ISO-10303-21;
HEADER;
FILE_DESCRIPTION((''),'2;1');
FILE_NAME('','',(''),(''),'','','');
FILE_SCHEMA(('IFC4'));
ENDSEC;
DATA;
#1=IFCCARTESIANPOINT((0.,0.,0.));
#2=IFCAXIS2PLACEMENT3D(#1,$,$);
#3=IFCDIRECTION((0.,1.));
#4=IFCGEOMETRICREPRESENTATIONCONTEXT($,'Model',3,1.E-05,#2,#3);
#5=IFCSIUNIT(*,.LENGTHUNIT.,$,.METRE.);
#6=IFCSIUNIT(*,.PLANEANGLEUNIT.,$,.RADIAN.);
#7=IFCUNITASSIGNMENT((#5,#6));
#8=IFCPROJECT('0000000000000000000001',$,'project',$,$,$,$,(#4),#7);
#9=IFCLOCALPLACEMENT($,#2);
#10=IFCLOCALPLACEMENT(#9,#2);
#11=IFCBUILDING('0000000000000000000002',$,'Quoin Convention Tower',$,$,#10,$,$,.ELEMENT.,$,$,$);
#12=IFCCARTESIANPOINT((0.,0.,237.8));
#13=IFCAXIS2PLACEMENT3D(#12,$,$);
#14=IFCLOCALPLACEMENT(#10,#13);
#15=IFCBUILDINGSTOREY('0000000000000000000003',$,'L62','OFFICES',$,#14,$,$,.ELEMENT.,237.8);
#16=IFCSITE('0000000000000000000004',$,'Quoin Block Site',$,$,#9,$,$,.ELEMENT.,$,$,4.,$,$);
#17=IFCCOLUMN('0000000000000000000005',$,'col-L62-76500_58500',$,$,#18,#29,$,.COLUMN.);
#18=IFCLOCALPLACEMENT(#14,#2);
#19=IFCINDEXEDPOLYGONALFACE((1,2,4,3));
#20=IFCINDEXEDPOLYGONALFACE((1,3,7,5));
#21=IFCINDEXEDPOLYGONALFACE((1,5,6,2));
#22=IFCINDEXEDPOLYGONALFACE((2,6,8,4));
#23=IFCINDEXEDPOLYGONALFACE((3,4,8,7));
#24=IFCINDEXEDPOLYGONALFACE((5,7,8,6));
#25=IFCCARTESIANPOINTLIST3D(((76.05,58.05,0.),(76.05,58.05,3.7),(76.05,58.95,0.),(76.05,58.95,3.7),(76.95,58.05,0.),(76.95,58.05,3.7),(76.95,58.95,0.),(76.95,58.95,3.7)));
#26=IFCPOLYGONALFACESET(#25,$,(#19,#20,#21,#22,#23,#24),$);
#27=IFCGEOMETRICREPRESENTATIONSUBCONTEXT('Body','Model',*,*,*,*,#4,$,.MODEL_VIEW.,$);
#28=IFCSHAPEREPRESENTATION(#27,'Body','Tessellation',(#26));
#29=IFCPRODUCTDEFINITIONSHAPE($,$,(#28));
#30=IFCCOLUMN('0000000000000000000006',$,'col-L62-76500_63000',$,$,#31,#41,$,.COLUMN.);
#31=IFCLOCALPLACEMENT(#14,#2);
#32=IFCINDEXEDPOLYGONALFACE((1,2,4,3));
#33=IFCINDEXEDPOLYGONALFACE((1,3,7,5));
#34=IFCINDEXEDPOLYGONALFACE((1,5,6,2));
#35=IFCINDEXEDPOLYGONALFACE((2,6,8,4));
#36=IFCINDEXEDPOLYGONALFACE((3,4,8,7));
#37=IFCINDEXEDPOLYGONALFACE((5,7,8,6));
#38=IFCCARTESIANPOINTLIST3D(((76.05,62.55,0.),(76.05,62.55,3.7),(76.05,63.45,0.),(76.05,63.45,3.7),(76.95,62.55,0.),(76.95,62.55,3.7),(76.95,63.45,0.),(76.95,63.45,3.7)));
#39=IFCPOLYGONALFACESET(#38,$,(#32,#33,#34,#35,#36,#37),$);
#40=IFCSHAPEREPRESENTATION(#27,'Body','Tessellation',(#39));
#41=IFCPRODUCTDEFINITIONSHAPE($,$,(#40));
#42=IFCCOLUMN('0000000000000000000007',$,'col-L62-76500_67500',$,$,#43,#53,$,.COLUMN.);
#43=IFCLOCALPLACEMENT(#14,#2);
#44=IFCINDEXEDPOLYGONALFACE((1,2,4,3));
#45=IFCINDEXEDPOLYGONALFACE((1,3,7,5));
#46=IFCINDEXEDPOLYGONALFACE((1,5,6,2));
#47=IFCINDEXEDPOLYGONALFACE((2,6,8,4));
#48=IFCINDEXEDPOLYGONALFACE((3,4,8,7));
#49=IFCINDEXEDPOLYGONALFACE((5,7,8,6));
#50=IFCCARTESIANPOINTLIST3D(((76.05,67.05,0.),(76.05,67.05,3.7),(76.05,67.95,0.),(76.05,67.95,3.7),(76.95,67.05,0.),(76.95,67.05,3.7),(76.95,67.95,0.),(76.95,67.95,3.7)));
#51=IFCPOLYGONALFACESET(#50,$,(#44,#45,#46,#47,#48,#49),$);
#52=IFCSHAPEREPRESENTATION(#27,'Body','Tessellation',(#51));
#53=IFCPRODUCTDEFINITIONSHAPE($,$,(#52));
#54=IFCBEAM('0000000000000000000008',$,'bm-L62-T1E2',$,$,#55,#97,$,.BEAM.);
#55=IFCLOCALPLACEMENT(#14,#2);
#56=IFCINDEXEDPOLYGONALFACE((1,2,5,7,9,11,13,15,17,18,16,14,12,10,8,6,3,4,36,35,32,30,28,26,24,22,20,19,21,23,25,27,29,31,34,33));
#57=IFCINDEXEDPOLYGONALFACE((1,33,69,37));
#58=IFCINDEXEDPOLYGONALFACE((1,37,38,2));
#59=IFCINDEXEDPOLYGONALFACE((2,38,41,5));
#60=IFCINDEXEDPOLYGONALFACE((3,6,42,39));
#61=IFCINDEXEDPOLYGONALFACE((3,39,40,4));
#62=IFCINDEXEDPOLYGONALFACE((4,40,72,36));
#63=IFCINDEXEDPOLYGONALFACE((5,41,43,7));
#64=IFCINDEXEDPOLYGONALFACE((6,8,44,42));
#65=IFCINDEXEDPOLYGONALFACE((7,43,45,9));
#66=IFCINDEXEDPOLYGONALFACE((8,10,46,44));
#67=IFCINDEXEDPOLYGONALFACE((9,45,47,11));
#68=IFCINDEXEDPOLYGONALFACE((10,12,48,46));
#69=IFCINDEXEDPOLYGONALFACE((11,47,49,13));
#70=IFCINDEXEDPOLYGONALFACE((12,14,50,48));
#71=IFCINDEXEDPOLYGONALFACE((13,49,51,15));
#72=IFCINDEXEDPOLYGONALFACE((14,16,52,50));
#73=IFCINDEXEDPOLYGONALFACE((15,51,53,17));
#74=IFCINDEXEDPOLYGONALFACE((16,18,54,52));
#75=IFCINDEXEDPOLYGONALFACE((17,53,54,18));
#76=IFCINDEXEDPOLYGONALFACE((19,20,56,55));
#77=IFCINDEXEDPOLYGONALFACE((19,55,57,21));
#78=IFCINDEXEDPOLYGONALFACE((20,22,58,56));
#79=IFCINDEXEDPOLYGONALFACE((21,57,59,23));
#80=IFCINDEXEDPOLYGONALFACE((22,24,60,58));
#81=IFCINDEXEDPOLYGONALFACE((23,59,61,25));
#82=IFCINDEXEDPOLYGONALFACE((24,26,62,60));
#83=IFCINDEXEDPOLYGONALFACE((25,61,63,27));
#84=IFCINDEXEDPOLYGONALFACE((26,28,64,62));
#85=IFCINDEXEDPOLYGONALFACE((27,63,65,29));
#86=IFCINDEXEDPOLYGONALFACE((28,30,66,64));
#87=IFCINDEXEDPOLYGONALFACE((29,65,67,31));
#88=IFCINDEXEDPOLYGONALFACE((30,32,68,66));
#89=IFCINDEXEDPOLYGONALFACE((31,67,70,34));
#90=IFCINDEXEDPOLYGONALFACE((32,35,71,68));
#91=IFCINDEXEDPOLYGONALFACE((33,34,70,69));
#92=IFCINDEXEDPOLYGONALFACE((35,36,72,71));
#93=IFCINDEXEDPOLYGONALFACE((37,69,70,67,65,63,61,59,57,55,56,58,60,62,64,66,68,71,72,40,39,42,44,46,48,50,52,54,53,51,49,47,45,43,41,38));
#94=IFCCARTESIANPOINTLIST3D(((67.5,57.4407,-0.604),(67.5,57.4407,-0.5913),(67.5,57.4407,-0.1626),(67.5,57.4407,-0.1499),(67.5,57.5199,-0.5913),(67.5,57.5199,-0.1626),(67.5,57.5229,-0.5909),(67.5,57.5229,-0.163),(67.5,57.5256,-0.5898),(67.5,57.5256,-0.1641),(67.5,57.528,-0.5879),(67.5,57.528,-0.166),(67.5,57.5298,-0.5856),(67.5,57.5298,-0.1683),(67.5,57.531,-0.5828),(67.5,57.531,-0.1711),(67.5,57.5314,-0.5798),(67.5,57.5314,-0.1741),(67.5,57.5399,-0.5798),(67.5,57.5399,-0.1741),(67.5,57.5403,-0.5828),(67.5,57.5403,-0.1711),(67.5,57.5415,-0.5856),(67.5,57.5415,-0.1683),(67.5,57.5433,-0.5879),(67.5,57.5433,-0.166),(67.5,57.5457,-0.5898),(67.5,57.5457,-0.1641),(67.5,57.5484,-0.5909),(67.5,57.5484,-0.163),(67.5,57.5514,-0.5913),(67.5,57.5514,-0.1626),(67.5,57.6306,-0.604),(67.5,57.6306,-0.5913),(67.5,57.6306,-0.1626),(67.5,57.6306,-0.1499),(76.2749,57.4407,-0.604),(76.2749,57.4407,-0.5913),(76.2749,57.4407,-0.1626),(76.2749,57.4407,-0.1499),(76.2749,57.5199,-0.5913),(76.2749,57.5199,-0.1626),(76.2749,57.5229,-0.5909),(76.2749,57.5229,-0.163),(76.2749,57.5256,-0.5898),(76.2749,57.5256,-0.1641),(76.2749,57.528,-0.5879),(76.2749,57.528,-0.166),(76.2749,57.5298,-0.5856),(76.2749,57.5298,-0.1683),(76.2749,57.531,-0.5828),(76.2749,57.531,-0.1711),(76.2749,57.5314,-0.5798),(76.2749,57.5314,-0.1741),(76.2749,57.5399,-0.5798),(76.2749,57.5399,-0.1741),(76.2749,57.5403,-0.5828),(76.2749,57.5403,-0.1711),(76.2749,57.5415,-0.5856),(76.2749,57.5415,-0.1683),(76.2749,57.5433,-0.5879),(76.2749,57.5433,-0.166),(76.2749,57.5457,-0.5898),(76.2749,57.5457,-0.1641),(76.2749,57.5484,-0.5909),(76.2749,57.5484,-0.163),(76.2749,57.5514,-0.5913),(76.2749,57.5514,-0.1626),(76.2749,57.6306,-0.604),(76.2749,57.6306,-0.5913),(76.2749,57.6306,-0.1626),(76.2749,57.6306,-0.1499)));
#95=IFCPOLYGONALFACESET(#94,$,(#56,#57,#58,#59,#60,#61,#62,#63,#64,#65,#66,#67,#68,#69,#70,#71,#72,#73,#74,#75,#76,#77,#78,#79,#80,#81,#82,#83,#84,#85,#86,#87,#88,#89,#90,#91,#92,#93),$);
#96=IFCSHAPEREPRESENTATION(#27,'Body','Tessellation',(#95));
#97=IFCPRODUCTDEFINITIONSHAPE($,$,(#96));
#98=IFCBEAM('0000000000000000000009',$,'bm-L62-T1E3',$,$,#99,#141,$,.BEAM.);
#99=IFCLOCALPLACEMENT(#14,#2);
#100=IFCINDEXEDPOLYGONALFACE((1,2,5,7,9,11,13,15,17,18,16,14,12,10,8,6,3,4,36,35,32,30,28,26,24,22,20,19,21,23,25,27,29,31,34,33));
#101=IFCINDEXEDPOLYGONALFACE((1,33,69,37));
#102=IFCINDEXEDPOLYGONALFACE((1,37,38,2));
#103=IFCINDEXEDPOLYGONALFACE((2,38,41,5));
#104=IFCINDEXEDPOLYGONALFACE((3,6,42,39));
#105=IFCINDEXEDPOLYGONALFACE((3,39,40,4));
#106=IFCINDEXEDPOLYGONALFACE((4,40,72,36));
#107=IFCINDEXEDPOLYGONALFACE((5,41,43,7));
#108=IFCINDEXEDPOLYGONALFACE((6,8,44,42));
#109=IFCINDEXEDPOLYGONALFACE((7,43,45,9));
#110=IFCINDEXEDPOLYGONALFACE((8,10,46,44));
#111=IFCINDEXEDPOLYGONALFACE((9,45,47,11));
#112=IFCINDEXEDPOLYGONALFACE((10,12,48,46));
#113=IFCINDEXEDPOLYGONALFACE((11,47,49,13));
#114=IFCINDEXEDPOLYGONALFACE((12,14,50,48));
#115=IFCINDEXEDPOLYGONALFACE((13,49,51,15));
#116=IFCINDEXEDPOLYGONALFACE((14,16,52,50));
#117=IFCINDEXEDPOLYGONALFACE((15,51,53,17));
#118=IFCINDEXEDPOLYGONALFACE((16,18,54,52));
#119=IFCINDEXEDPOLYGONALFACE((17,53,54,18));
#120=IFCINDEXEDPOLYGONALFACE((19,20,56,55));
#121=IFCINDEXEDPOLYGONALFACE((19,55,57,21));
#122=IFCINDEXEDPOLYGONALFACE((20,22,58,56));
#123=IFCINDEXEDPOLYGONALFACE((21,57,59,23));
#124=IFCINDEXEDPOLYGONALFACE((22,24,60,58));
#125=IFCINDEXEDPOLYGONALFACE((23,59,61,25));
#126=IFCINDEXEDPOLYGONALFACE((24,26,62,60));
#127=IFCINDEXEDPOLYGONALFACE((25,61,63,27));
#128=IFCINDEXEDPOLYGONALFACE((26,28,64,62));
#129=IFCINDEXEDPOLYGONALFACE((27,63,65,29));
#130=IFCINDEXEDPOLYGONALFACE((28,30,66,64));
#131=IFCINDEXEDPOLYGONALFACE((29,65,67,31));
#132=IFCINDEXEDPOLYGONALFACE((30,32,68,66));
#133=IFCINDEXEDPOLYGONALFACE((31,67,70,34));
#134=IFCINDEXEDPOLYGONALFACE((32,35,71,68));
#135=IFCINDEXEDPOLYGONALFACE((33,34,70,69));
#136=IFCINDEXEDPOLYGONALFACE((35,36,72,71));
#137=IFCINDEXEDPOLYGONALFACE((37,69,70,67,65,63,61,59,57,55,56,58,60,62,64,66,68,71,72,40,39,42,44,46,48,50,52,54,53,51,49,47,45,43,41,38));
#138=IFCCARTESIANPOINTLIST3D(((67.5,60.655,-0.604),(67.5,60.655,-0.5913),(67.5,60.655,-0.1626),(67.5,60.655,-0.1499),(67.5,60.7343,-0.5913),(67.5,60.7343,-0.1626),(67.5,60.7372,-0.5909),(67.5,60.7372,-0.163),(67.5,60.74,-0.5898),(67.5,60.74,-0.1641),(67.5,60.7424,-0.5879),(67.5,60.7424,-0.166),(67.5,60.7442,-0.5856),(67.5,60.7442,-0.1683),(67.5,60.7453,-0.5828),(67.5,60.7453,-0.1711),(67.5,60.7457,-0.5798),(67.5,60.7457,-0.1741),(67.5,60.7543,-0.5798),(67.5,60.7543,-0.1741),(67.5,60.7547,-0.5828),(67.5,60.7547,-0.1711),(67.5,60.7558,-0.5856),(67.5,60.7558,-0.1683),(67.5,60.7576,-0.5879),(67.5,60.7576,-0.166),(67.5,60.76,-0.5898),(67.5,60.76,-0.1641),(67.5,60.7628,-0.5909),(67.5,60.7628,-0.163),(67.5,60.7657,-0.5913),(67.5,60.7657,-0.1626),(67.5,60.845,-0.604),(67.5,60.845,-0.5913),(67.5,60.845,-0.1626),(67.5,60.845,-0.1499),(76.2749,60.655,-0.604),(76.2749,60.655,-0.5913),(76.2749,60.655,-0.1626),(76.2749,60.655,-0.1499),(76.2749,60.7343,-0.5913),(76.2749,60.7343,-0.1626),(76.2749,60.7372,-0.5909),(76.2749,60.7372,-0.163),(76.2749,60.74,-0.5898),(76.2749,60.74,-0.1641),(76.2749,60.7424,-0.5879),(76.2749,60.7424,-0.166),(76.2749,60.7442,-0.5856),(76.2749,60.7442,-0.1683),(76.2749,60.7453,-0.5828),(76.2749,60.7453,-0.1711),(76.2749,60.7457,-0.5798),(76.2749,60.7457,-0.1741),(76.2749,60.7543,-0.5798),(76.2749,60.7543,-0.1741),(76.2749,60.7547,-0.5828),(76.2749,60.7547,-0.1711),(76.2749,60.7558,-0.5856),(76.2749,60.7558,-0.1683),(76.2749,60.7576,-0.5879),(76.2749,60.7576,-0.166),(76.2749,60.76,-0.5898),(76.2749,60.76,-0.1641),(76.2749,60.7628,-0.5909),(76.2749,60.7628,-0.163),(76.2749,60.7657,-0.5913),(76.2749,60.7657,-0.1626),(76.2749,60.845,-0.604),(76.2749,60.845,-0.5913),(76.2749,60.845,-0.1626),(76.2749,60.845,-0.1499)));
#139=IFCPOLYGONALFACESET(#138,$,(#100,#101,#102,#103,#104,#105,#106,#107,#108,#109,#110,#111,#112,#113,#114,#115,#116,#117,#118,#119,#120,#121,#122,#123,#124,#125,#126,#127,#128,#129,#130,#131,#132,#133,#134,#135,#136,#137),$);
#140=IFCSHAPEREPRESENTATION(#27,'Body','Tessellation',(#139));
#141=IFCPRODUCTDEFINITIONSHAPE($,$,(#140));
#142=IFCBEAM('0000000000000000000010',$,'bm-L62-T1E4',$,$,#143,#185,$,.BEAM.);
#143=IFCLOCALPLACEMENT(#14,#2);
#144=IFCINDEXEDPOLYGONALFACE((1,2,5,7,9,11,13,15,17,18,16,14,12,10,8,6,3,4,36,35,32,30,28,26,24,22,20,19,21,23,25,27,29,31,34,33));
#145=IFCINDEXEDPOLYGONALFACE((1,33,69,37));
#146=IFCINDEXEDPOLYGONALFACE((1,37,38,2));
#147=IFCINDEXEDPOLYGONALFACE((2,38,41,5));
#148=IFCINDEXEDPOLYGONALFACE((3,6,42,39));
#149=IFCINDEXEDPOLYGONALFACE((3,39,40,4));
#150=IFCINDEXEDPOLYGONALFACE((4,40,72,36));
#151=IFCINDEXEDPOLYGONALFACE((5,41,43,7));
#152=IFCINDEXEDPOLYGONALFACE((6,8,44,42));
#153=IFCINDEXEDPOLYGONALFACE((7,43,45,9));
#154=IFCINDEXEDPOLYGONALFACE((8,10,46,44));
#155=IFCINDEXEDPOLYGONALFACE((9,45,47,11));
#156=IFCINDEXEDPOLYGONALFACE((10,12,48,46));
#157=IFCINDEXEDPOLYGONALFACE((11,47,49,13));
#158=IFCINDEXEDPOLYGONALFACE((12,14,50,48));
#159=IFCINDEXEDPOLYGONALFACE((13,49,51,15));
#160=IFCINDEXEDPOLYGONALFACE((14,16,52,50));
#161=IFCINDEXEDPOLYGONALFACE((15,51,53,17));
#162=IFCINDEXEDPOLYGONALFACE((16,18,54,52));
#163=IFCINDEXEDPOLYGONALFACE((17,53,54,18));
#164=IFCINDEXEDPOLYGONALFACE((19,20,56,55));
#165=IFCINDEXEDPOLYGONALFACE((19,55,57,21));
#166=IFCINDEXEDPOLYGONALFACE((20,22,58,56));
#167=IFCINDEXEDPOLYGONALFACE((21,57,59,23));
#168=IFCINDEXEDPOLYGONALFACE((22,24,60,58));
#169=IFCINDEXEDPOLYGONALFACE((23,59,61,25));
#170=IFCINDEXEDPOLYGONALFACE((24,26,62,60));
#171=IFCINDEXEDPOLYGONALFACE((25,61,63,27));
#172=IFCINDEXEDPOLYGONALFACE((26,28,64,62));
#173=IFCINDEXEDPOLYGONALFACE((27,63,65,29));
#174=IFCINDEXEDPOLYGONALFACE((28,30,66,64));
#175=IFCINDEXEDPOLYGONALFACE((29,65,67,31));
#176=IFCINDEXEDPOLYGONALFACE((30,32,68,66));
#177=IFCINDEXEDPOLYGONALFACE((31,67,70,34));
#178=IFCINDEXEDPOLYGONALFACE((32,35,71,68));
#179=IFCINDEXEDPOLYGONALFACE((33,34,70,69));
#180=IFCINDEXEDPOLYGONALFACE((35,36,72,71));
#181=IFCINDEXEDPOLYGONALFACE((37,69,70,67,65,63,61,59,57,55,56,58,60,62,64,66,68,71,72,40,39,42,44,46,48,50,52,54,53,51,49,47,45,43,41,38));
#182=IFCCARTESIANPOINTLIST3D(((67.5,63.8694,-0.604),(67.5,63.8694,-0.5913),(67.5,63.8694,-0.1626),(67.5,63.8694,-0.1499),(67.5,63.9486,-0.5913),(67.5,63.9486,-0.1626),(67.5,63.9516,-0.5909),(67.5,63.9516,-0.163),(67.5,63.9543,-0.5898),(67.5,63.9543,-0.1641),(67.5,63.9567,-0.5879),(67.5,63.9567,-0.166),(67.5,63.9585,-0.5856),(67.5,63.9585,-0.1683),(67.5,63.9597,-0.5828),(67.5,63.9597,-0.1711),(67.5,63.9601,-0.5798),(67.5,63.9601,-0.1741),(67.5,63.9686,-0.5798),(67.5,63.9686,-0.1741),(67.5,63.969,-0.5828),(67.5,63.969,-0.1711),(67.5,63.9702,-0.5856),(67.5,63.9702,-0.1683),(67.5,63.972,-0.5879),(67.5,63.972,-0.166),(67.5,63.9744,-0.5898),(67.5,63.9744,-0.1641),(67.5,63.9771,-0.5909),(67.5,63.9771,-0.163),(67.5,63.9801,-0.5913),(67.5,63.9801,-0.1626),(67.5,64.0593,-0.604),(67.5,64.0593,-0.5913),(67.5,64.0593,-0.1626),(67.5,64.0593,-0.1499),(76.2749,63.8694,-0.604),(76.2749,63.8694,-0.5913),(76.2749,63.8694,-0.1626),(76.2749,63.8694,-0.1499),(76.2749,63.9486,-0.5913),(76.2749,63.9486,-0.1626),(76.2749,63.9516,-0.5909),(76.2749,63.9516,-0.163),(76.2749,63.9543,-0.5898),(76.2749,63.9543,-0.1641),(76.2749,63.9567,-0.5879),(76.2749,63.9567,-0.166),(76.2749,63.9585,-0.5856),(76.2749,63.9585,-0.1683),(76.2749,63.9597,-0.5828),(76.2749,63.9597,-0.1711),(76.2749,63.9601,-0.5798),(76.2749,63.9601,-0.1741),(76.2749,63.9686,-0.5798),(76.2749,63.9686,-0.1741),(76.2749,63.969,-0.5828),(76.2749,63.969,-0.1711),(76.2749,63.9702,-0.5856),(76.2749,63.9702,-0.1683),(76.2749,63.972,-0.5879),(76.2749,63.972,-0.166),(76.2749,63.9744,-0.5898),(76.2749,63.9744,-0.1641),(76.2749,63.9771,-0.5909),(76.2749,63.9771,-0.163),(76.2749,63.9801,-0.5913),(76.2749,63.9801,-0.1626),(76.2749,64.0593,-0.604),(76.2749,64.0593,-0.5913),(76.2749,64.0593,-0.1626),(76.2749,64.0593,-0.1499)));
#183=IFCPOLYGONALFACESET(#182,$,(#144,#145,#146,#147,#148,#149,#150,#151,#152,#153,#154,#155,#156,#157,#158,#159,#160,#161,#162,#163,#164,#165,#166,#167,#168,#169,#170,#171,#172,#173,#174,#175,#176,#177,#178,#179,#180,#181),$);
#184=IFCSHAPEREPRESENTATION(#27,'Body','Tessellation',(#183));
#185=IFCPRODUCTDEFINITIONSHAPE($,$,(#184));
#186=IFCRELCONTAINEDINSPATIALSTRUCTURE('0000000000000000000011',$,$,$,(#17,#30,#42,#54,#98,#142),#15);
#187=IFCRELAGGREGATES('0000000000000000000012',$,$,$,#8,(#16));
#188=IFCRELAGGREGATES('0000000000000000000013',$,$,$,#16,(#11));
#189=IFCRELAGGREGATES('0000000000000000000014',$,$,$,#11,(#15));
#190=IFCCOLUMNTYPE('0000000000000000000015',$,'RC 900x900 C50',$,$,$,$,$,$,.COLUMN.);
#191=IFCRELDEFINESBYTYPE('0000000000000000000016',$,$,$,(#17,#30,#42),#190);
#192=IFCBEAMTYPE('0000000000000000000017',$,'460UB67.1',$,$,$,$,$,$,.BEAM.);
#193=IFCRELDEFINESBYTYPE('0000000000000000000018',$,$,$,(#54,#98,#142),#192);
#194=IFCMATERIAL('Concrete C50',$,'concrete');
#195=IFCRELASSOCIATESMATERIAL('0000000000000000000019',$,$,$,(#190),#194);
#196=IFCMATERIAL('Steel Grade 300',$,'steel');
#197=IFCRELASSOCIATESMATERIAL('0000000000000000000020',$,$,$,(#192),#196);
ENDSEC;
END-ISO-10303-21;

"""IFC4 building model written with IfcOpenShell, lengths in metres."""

from ifc_helpers import new_model, si_unit, direction, frame, origin, origin_2d, place, context, subcontext, project, spatial, rectangle, i_section, extrude, material, material_profile, profile_set, type_object, element, save


model = new_model("IFC4")

# Units and contexts
model_context = context("Model", 3, precision=1e-05, world=origin(), true_north=direction((0.0, 1.0)))
body_context = subcontext(model_context, "Body", "Model", "MODEL_VIEW")
ifc_project = project(units=[si_unit("LENGTHUNIT", "METRE"), si_unit("PLANEANGLEUNIT", "RADIAN")], contexts=[model_context])

# Site, building, storey
site_placement = place(None, origin())
site = spatial("IfcSite", under=ifc_project, at=site_placement, Name="Quoin Block Site", CompositionType="ELEMENT", RefElevation=4.0)
building_placement = place(site_placement, origin())
building = spatial("IfcBuilding", under=site, at=building_placement, Name="Quoin Convention Tower", CompositionType="ELEMENT")
storey_placement = place(building_placement, frame((0.0, 0.0, 237.8)))
storey = spatial("IfcBuildingStorey", under=building, at=storey_placement, Name="L62", Description="OFFICES", CompositionType="ELEMENT", Elevation=237.8)

# Columns
ifc_material_1 = material(Name="Concrete C50", Category="concrete")
ifc_material_profile_1 = material_profile(ifc_material_1, rectangle(XDim=0.8999, YDim=0.8999, at=origin_2d()), Name="RC 900x900")
ifc_profile_set_1 = profile_set([ifc_material_profile_1], Name="Concrete C50")
column_type = type_object("IfcColumnType", Name="RC 900x900 C50", PredefinedType="COLUMN", material=ifc_profile_set_1)
for number, where, z_axis, x_axis, name in (
    (1, (76.5, 58.5, 0.0), (0.0, 0.0, 1.0), (1.0, 0.0, 0.0), "col-L62-76500_58500"),
    (2, (76.5, 63.0, 0.0), (0.0, 0.0, 1.0), (1.0, 0.0, 0.0), "col-L62-76500_63000"),
    (3, (76.5, 67.5, 0.0), (0.0, 0.0, 1.0), (1.0, 0.0, 0.0), "col-L62-76500_67500"),
):
    element("IfcColumn", number, at=place(storey_placement, frame(where, z_axis=z_axis, x_axis=x_axis)), inside=storey, type_object=column_type, Name=name, PredefinedType="COLUMN", context=body_context, shape_type="SweptSolid", body=[
        extrude(rectangle(XDim=0.8999, YDim=0.8999, at=origin_2d()), origin(), (0.0, 0.0, 1.0), 3.7),
    ])

# Beams
ifc_material_2 = material(Name="Steel Grade 300", Category="steel")
ifc_material_profile_2 = material_profile(ifc_material_2, i_section(OverallWidth=0.1899, OverallDepth=0.4541, WebThickness=0.0085, FlangeThickness=0.0127, FilletRadius=0.0115, at=origin_2d()), Name="460UB67.1")
ifc_profile_set_2 = profile_set([ifc_material_profile_2], Name="Steel Grade 300")
beam_type_1 = type_object("IfcBeamType", Name="460UB67.1", PredefinedType="BEAM", material=ifc_profile_set_2)
for number, where, z_axis, x_axis, name in (
    (4, (67.5, 57.5356, -0.377), (1.0, 0.0, 0.0), (0.0, 1.0, 0.0), "bm-L62-T1E2"),
    (5, (67.5, 60.75, -0.377), (1.0, 0.0, 0.0), (0.0, 1.0, 0.0), "bm-L62-T1E3"),
    (6, (67.5, 63.9644, -0.377), (1.0, 0.0, 0.0), (0.0, 1.0, 0.0), "bm-L62-T1E4"),
):
    element("IfcBeam", number, at=place(storey_placement, frame(where, z_axis=z_axis, x_axis=x_axis)), inside=storey, type_object=beam_type_1, Name=name, PredefinedType="BEAM", context=body_context, shape_type="SweptSolid", body=[
        extrude(i_section(OverallWidth=0.1899, OverallDepth=0.4541, WebThickness=0.0085, FlangeThickness=0.0127, FilletRadius=0.0115, at=origin_2d()), origin(), (0.0, 0.0, 1.0), 8.7749),
    ])

save(model, "model.ifc")
